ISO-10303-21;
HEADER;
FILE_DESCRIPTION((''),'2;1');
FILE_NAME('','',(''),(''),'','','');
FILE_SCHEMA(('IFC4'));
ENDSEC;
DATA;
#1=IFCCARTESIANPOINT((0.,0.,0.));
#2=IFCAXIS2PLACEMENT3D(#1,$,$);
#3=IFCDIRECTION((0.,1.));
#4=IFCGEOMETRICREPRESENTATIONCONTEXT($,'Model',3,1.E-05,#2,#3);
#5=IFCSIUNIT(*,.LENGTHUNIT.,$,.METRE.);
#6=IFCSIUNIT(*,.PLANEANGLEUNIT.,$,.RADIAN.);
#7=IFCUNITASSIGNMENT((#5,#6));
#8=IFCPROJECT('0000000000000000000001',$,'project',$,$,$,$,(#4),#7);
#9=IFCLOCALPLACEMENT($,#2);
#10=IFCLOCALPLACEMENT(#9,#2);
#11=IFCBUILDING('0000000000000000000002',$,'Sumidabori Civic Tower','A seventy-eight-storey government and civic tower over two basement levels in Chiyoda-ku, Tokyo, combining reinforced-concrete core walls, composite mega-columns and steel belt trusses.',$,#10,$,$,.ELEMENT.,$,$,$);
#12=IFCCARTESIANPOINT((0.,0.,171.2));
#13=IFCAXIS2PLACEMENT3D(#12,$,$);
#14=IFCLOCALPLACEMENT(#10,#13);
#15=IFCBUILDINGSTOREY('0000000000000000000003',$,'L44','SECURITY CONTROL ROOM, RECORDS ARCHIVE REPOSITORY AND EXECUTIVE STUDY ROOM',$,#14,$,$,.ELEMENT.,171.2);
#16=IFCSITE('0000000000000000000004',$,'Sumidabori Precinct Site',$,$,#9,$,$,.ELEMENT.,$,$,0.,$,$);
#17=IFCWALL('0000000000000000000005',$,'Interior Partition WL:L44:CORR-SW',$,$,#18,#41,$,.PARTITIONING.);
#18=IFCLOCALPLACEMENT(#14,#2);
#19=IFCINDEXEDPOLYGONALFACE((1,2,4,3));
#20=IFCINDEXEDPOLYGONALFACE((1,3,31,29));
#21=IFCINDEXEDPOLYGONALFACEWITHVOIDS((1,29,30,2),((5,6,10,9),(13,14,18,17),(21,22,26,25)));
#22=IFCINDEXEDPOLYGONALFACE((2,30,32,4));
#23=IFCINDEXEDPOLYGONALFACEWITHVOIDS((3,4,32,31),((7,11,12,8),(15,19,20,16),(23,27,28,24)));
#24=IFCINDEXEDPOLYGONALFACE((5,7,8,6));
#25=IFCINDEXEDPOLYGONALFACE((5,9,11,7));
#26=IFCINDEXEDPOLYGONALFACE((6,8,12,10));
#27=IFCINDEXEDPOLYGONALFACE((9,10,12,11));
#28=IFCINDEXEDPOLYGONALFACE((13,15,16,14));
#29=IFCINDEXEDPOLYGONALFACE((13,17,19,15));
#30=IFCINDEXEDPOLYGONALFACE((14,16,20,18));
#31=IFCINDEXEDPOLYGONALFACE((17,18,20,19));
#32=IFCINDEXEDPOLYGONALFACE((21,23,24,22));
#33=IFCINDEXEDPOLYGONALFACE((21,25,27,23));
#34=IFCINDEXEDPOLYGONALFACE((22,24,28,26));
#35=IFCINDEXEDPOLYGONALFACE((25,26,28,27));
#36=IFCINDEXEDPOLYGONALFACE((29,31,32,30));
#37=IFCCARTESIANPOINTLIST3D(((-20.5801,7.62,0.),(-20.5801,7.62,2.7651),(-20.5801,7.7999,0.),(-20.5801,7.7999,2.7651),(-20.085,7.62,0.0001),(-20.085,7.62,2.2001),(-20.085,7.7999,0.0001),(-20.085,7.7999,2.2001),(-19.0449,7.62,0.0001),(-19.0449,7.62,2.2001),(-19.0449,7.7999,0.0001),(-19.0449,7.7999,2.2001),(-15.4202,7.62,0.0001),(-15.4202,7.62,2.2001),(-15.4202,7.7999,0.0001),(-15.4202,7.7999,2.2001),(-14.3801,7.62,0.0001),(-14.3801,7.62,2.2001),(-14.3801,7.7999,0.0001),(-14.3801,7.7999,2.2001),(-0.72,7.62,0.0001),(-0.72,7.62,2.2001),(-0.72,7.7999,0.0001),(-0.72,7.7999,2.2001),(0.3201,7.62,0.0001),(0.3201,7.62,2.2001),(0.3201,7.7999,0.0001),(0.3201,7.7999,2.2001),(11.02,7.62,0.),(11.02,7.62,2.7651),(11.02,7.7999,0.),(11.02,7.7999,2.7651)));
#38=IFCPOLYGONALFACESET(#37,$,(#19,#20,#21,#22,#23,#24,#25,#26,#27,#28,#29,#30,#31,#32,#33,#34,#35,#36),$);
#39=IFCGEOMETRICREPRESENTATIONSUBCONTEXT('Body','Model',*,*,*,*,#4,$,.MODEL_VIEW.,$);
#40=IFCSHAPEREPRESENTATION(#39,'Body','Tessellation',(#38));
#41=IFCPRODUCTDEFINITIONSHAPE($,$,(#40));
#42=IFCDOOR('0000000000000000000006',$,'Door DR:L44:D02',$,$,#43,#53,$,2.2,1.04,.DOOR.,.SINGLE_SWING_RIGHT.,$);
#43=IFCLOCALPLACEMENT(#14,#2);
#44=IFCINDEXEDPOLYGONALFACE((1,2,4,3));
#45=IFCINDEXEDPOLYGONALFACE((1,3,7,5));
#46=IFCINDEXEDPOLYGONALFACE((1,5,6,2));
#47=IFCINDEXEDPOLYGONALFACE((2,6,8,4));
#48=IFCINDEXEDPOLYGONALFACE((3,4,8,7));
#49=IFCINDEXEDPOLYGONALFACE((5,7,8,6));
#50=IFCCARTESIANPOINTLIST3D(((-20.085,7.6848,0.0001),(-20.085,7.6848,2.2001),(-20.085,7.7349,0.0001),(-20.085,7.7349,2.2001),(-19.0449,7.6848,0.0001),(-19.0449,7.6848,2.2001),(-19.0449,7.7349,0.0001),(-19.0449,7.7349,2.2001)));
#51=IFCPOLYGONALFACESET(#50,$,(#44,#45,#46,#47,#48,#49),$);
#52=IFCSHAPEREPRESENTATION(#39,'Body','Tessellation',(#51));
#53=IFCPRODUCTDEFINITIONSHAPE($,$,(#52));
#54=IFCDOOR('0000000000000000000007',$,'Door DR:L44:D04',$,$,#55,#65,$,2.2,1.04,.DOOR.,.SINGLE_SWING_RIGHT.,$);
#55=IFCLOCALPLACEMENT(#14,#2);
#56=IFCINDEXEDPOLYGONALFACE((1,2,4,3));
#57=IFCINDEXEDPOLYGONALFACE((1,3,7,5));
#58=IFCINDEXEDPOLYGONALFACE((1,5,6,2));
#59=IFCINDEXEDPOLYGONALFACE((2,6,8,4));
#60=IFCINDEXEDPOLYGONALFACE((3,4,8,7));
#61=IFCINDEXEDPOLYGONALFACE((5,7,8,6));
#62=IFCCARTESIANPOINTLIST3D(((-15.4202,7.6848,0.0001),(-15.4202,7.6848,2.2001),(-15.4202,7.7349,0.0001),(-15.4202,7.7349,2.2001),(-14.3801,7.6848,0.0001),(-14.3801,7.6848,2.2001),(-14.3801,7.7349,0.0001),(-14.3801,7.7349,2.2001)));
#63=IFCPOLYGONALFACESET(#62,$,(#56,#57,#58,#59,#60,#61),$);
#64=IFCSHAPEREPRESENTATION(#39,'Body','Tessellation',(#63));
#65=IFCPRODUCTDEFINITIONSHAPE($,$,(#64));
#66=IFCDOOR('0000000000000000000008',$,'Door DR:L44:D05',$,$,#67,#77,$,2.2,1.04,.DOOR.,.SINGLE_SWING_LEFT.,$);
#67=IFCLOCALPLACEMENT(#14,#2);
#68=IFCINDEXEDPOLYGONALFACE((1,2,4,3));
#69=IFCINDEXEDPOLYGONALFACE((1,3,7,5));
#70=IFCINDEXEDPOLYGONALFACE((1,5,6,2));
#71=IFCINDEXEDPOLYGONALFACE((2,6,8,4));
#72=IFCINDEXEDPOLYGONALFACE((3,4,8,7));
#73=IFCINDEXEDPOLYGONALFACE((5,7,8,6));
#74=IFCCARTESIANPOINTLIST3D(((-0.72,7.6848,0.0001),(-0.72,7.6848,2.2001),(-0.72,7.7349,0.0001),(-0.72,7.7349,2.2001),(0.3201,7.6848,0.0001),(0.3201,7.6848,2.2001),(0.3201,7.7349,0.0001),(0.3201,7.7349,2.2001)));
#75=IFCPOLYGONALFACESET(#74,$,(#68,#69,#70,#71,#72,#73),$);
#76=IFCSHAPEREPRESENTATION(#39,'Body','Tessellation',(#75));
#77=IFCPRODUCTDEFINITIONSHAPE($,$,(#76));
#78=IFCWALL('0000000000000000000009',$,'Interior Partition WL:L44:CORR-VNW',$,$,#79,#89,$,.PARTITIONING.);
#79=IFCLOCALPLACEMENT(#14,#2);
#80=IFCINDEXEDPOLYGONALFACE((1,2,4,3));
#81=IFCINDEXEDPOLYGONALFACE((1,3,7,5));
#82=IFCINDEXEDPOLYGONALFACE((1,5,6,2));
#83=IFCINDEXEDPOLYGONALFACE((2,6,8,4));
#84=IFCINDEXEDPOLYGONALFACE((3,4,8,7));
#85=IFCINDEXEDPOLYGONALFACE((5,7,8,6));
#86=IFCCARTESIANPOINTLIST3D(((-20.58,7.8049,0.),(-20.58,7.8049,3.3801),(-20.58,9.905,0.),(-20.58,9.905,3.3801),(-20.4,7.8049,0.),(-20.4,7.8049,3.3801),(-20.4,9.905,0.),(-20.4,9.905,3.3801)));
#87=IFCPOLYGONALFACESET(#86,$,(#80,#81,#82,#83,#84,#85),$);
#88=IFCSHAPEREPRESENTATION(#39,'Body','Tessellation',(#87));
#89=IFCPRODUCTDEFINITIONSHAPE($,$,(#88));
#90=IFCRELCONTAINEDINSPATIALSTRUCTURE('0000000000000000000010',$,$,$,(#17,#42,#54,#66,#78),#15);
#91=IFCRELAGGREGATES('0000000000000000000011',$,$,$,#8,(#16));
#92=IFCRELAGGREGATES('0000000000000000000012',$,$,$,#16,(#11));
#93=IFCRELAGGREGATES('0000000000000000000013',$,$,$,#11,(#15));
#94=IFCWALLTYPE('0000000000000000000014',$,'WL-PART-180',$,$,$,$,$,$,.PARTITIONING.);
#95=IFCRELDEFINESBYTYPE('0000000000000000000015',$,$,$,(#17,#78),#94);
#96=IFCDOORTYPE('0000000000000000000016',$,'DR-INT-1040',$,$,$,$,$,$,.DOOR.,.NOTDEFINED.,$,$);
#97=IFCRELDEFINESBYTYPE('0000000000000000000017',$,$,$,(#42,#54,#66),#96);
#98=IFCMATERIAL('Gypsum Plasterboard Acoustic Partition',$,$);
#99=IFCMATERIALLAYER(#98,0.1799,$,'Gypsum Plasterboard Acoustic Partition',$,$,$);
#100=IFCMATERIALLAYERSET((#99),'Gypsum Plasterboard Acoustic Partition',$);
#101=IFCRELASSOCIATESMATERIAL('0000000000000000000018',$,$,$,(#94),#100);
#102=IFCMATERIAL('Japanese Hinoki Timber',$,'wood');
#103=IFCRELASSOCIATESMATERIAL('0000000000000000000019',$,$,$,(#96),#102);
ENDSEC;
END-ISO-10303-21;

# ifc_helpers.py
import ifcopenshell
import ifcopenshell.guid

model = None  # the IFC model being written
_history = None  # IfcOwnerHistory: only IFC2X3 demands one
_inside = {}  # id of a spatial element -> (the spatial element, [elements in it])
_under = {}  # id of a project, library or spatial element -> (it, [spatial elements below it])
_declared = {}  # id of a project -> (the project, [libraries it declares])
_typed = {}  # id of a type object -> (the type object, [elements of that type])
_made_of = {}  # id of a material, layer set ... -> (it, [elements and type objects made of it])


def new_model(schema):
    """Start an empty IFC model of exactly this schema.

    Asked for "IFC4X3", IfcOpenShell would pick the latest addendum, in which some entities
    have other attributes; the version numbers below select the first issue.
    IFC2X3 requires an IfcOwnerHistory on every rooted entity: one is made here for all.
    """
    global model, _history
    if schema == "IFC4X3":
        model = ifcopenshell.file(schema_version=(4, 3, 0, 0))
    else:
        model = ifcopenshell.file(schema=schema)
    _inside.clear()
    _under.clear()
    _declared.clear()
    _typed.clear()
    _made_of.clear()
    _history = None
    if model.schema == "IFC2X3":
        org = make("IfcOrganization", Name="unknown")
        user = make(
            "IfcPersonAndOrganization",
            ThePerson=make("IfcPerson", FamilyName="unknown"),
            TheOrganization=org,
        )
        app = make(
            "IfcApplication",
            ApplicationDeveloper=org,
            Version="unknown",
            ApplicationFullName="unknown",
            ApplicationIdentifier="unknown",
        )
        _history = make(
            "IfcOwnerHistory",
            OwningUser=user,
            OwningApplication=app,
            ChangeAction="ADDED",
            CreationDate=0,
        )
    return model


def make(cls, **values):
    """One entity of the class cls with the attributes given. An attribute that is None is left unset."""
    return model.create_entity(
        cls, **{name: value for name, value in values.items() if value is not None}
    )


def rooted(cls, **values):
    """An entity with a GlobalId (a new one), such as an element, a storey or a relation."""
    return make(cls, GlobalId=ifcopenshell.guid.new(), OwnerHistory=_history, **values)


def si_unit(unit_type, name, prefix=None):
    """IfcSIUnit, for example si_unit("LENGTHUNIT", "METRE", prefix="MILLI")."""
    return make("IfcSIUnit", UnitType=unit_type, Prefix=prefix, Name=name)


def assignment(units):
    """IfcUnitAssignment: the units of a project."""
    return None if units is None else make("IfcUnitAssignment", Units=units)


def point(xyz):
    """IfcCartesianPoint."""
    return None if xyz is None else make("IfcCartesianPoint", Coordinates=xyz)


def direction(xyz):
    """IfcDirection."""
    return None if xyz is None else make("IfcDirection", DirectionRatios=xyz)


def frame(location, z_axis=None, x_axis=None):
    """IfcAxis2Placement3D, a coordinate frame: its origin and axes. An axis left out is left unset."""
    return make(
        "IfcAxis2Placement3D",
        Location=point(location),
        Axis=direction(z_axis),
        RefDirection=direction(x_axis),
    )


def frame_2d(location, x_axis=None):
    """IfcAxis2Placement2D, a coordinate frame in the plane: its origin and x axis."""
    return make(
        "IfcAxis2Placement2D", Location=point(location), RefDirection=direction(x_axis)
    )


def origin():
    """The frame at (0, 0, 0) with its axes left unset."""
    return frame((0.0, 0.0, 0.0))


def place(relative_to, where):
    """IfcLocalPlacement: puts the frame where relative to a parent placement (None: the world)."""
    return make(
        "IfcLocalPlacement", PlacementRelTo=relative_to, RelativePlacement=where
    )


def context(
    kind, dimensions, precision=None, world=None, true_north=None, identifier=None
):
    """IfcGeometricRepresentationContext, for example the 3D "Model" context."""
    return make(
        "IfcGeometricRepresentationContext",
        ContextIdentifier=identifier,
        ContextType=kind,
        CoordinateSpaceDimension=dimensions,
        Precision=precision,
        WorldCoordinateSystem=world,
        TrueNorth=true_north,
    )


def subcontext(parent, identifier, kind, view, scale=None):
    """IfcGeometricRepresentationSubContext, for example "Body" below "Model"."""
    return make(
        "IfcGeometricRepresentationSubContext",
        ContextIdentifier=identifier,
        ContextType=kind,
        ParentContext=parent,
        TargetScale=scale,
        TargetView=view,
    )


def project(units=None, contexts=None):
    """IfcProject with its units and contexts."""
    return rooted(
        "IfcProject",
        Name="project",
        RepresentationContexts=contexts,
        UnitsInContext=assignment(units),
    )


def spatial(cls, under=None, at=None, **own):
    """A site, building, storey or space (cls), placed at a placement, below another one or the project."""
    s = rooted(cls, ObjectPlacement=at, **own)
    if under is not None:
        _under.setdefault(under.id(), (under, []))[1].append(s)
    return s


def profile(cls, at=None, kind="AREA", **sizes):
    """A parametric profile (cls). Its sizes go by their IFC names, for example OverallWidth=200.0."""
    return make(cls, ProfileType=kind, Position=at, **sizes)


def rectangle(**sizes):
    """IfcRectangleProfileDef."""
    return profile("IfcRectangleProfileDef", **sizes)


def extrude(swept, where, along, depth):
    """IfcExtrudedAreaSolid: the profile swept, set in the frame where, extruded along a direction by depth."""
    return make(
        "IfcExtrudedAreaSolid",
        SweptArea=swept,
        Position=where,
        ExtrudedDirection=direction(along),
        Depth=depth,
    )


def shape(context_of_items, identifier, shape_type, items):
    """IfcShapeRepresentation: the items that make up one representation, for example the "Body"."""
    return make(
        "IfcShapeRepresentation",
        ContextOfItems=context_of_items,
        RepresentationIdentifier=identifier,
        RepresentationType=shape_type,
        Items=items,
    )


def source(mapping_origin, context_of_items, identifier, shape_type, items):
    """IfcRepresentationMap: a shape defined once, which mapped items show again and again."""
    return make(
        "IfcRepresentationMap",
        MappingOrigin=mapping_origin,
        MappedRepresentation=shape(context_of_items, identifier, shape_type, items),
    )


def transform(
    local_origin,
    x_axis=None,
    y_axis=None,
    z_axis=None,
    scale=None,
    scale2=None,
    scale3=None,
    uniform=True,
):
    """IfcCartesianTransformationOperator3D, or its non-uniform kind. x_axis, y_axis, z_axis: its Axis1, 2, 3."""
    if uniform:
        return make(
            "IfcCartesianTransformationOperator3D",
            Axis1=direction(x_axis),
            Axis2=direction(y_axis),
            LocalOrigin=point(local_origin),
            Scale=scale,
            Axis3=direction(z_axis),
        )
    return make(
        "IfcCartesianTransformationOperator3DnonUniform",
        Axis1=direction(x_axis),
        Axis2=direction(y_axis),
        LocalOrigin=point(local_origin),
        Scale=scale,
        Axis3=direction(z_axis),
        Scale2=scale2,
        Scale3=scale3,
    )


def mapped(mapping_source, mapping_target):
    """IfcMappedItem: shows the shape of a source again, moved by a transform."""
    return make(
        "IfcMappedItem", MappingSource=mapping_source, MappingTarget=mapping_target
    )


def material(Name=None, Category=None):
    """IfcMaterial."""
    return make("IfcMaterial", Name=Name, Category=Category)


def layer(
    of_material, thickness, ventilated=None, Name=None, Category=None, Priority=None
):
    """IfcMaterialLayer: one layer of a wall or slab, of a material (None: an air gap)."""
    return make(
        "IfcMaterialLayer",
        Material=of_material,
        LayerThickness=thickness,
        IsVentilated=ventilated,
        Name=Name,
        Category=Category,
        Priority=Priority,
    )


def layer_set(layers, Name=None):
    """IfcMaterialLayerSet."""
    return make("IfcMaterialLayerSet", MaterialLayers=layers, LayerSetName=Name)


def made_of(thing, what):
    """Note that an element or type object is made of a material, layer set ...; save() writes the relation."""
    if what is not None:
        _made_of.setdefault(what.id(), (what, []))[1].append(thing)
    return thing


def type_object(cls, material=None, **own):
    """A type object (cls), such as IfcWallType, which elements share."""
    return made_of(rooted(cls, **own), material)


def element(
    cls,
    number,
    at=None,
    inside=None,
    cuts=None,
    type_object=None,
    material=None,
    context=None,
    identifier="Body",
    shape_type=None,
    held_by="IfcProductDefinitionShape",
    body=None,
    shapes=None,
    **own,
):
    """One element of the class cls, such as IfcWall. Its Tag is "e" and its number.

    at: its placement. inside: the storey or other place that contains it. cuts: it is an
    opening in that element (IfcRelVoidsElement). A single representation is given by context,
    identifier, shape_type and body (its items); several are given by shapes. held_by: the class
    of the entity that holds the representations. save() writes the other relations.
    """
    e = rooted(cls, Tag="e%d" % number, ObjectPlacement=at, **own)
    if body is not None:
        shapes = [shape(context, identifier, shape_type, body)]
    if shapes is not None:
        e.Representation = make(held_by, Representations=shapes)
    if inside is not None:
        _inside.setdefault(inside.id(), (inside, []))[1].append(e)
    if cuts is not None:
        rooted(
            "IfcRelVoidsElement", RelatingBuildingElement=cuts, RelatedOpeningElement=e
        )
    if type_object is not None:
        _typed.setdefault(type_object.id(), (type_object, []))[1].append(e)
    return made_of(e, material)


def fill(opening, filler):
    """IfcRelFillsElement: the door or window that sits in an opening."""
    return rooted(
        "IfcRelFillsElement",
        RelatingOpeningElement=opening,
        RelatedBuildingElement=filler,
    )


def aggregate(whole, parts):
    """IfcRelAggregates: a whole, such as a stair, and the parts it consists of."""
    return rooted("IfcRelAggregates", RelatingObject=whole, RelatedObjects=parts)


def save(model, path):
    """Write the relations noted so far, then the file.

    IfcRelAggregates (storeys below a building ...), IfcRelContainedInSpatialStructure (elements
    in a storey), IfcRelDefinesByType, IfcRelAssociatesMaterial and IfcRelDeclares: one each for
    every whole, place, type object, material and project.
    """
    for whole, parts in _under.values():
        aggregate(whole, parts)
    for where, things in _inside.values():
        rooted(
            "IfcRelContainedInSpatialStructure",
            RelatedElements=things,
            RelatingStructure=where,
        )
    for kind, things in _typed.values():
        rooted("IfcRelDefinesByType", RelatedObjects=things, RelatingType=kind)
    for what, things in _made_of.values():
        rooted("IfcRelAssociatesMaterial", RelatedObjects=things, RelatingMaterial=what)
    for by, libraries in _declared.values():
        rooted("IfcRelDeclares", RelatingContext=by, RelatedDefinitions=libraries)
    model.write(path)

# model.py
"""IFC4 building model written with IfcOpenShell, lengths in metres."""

from ifc_helpers import new_model, si_unit, direction, frame, frame_2d, origin, place, context, subcontext, project, spatial, rectangle, extrude, source, transform, mapped, material, layer, layer_set, type_object, element, fill, save


model = new_model("IFC4")

# Units and contexts
model_context = context("Model", 3, precision=1e-05, world=origin(), true_north=direction((0.0, 1.0)))
body_context = subcontext(model_context, "Body", "Model", "MODEL_VIEW")
ifc_project = project(units=[si_unit("LENGTHUNIT", "METRE"), si_unit("PLANEANGLEUNIT", "RADIAN")], contexts=[model_context])

# Site, building, storey
site_placement = place(None, origin())
site = spatial("IfcSite", under=ifc_project, at=site_placement, Name="Sumidabori Precinct Site", CompositionType="ELEMENT", RefElevation=0.0)
building_placement = place(site_placement, origin())
building = spatial("IfcBuilding", under=site, at=building_placement, Name="Sumidabori Civic Tower", Description="A seventy-eight-storey government and civic tower over two basement levels in Chiyoda-ku, Tokyo, combining reinforced-concrete core walls, composite mega-columns and steel belt trusses.", CompositionType="ELEMENT")
storey_placement = place(building_placement, frame((0.0, 0.0, 171.2)))
storey = spatial("IfcBuildingStorey", under=building, at=storey_placement, Name="L44", Description="SECURITY CONTROL ROOM, RECORDS ARCHIVE REPOSITORY AND EXECUTIVE STUDY ROOM", CompositionType="ELEMENT", Elevation=171.2)

# Wall, openings, doors
ifc_material_1 = material(Name="Gypsum Plasterboard Acoustic Partition")
ifc_layer_1 = layer(ifc_material_1, 0.1799, Name="Gypsum Plasterboard Acoustic Partition")
ifc_layer_set_1 = layer_set([ifc_layer_1], Name="Gypsum Plasterboard Acoustic Partition")
wall_type_1 = type_object("IfcWallType", Name="WL-PART-180", PredefinedType="PARTITIONING", material=ifc_layer_set_1)
shared_shape_1 = source(origin(), body_context, "Body", "SweptSolid", [
    extrude(rectangle(XDim=31.6001, YDim=0.1799, at=frame_2d((15.8, 0.0))), origin(), (0.0, 0.0, 1.0), 2.7651),
])
wall_1_placement = place(storey_placement, frame((-20.5801, 7.71, 0.0), z_axis=(0.0, 0.0, 1.0), x_axis=(1.0, 0.0, 0.0)))
wall_1 = element("IfcWall", 1, at=wall_1_placement, inside=storey, type_object=wall_type_1, Name="Interior Partition WL:L44:CORR-SW", PredefinedType="PARTITIONING", context=body_context, shape_type="MappedRepresentation", body=[
    mapped(shared_shape_1, transform((0.0, 0.0, 0.0), x_axis=(1.0, 0.0, 0.0), y_axis=(0.0, 1.0, 0.0), z_axis=(0.0, 0.0, 1.0), scale=1.0)),
])
opening_1_placement = place(wall_1_placement, frame((0.4951, 0.0, 0.0)))
opening_1 = element("IfcOpeningElement", 2, at=opening_1_placement, cuts=wall_1, PredefinedType="OPENING", context=body_context, shape_type="SweptSolid", body=[
    extrude(rectangle(XDim=1.04, YDim=2.2, at=frame_2d((0.52, 1.1001))), frame((0.0, 0.1021, 0.0), z_axis=(0.0, -1.0, 0.0), x_axis=(1.0, 0.0, 0.0)), (0.0, 0.0, 1.0), 0.2039),
])
opening_2_placement = place(wall_1_placement, frame((5.1599, 0.0, 0.0)))
opening_2 = element("IfcOpeningElement", 3, at=opening_2_placement, cuts=wall_1, PredefinedType="OPENING", context=body_context, shape_type="SweptSolid", body=[
    extrude(rectangle(XDim=1.04, YDim=2.2, at=frame_2d((0.52, 1.1001))), frame((0.0, 0.1021, 0.0), z_axis=(0.0, -1.0, 0.0), x_axis=(1.0, 0.0, 0.0)), (0.0, 0.0, 1.0), 0.2039),
])
opening_3_placement = place(wall_1_placement, frame((19.8601, 0.0, 0.0)))
opening_3 = element("IfcOpeningElement", 4, at=opening_3_placement, cuts=wall_1, PredefinedType="OPENING", context=body_context, shape_type="SweptSolid", body=[
    extrude(rectangle(XDim=1.04, YDim=2.2, at=frame_2d((0.52, 1.1001))), frame((0.0, 0.1021, 0.0), z_axis=(0.0, -1.0, 0.0), x_axis=(1.0, 0.0, 0.0)), (0.0, 0.0, 1.0), 0.2039),
])
ifc_material_2 = material(Name="Japanese Hinoki Timber", Category="wood")
door_type_1 = type_object("IfcDoorType", Name="DR-INT-1040", OperationType="NOTDEFINED", PredefinedType="DOOR", material=ifc_material_2)
shared_shape_2 = source(origin(), body_context, "Body", "SweptSolid", [
    extrude(rectangle(XDim=1.04, YDim=2.2, at=frame_2d((0.52, 1.1001))), frame((0.0, 0.0249, 0.0), z_axis=(0.0, -1.0, 0.0), x_axis=(1.0, 0.0, 0.0)), (0.0, 0.0, 1.0), 0.05),
])
door_1_placement = place(opening_1_placement, origin())
door_1 = element("IfcDoor", 5, at=door_1_placement, inside=storey, type_object=door_type_1, Name="Door DR:L44:D02", OperationType="SINGLE_SWING_RIGHT", OverallHeight=2.2, OverallWidth=1.04, PredefinedType="DOOR", context=body_context, shape_type="MappedRepresentation", body=[
    mapped(shared_shape_2, transform((0.0, 0.0, 0.0), x_axis=(1.0, 0.0, 0.0), y_axis=(0.0, 1.0, 0.0), z_axis=(0.0, 0.0, 1.0), scale=1.0)),
])
fill(opening_1, door_1)
door_2_placement = place(opening_2_placement, origin())
door_2 = element("IfcDoor", 6, at=door_2_placement, inside=storey, type_object=door_type_1, Name="Door DR:L44:D04", OperationType="SINGLE_SWING_RIGHT", OverallHeight=2.2, OverallWidth=1.04, PredefinedType="DOOR", context=body_context, shape_type="MappedRepresentation", body=[
    mapped(shared_shape_2, transform((0.0, 0.0, 0.0), x_axis=(1.0, 0.0, 0.0), y_axis=(0.0, 1.0, 0.0), z_axis=(0.0, 0.0, 1.0), scale=1.0)),
])
fill(opening_2, door_2)
door_3_placement = place(opening_3_placement, origin())
door_3 = element("IfcDoor", 7, at=door_3_placement, inside=storey, type_object=door_type_1, Name="Door DR:L44:D05", OperationType="SINGLE_SWING_LEFT", OverallHeight=2.2, OverallWidth=1.04, PredefinedType="DOOR", context=body_context, shape_type="MappedRepresentation", body=[
    mapped(shared_shape_2, transform((0.0, 0.0, 0.0), x_axis=(1.0, 0.0, 0.0), y_axis=(0.0, 1.0, 0.0), z_axis=(0.0, 0.0, 1.0), scale=1.0)),
])
fill(opening_3, door_3)

# Wall
shared_shape_3 = source(origin(), body_context, "Body", "SweptSolid", [
    extrude(rectangle(XDim=2.1001, YDim=0.1799, at=frame_2d((1.05, 0.0))), origin(), (0.0, 0.0, 1.0), 3.3801),
])
wall_2_placement = place(storey_placement, frame((-20.49, 7.8049, 0.0), z_axis=(0.0, 0.0, 1.0), x_axis=(0.0, 1.0, 0.0)))
element("IfcWall", 8, at=wall_2_placement, inside=storey, type_object=wall_type_1, Name="Interior Partition WL:L44:CORR-VNW", PredefinedType="PARTITIONING", context=body_context, shape_type="MappedRepresentation", body=[
    mapped(shared_shape_3, transform((0.0, 0.0, 0.0), x_axis=(1.0, 0.0, 0.0), y_axis=(0.0, 1.0, 0.0), z_axis=(0.0, 0.0, 1.0), scale=1.0)),
])

save(model, "model.ifc")
